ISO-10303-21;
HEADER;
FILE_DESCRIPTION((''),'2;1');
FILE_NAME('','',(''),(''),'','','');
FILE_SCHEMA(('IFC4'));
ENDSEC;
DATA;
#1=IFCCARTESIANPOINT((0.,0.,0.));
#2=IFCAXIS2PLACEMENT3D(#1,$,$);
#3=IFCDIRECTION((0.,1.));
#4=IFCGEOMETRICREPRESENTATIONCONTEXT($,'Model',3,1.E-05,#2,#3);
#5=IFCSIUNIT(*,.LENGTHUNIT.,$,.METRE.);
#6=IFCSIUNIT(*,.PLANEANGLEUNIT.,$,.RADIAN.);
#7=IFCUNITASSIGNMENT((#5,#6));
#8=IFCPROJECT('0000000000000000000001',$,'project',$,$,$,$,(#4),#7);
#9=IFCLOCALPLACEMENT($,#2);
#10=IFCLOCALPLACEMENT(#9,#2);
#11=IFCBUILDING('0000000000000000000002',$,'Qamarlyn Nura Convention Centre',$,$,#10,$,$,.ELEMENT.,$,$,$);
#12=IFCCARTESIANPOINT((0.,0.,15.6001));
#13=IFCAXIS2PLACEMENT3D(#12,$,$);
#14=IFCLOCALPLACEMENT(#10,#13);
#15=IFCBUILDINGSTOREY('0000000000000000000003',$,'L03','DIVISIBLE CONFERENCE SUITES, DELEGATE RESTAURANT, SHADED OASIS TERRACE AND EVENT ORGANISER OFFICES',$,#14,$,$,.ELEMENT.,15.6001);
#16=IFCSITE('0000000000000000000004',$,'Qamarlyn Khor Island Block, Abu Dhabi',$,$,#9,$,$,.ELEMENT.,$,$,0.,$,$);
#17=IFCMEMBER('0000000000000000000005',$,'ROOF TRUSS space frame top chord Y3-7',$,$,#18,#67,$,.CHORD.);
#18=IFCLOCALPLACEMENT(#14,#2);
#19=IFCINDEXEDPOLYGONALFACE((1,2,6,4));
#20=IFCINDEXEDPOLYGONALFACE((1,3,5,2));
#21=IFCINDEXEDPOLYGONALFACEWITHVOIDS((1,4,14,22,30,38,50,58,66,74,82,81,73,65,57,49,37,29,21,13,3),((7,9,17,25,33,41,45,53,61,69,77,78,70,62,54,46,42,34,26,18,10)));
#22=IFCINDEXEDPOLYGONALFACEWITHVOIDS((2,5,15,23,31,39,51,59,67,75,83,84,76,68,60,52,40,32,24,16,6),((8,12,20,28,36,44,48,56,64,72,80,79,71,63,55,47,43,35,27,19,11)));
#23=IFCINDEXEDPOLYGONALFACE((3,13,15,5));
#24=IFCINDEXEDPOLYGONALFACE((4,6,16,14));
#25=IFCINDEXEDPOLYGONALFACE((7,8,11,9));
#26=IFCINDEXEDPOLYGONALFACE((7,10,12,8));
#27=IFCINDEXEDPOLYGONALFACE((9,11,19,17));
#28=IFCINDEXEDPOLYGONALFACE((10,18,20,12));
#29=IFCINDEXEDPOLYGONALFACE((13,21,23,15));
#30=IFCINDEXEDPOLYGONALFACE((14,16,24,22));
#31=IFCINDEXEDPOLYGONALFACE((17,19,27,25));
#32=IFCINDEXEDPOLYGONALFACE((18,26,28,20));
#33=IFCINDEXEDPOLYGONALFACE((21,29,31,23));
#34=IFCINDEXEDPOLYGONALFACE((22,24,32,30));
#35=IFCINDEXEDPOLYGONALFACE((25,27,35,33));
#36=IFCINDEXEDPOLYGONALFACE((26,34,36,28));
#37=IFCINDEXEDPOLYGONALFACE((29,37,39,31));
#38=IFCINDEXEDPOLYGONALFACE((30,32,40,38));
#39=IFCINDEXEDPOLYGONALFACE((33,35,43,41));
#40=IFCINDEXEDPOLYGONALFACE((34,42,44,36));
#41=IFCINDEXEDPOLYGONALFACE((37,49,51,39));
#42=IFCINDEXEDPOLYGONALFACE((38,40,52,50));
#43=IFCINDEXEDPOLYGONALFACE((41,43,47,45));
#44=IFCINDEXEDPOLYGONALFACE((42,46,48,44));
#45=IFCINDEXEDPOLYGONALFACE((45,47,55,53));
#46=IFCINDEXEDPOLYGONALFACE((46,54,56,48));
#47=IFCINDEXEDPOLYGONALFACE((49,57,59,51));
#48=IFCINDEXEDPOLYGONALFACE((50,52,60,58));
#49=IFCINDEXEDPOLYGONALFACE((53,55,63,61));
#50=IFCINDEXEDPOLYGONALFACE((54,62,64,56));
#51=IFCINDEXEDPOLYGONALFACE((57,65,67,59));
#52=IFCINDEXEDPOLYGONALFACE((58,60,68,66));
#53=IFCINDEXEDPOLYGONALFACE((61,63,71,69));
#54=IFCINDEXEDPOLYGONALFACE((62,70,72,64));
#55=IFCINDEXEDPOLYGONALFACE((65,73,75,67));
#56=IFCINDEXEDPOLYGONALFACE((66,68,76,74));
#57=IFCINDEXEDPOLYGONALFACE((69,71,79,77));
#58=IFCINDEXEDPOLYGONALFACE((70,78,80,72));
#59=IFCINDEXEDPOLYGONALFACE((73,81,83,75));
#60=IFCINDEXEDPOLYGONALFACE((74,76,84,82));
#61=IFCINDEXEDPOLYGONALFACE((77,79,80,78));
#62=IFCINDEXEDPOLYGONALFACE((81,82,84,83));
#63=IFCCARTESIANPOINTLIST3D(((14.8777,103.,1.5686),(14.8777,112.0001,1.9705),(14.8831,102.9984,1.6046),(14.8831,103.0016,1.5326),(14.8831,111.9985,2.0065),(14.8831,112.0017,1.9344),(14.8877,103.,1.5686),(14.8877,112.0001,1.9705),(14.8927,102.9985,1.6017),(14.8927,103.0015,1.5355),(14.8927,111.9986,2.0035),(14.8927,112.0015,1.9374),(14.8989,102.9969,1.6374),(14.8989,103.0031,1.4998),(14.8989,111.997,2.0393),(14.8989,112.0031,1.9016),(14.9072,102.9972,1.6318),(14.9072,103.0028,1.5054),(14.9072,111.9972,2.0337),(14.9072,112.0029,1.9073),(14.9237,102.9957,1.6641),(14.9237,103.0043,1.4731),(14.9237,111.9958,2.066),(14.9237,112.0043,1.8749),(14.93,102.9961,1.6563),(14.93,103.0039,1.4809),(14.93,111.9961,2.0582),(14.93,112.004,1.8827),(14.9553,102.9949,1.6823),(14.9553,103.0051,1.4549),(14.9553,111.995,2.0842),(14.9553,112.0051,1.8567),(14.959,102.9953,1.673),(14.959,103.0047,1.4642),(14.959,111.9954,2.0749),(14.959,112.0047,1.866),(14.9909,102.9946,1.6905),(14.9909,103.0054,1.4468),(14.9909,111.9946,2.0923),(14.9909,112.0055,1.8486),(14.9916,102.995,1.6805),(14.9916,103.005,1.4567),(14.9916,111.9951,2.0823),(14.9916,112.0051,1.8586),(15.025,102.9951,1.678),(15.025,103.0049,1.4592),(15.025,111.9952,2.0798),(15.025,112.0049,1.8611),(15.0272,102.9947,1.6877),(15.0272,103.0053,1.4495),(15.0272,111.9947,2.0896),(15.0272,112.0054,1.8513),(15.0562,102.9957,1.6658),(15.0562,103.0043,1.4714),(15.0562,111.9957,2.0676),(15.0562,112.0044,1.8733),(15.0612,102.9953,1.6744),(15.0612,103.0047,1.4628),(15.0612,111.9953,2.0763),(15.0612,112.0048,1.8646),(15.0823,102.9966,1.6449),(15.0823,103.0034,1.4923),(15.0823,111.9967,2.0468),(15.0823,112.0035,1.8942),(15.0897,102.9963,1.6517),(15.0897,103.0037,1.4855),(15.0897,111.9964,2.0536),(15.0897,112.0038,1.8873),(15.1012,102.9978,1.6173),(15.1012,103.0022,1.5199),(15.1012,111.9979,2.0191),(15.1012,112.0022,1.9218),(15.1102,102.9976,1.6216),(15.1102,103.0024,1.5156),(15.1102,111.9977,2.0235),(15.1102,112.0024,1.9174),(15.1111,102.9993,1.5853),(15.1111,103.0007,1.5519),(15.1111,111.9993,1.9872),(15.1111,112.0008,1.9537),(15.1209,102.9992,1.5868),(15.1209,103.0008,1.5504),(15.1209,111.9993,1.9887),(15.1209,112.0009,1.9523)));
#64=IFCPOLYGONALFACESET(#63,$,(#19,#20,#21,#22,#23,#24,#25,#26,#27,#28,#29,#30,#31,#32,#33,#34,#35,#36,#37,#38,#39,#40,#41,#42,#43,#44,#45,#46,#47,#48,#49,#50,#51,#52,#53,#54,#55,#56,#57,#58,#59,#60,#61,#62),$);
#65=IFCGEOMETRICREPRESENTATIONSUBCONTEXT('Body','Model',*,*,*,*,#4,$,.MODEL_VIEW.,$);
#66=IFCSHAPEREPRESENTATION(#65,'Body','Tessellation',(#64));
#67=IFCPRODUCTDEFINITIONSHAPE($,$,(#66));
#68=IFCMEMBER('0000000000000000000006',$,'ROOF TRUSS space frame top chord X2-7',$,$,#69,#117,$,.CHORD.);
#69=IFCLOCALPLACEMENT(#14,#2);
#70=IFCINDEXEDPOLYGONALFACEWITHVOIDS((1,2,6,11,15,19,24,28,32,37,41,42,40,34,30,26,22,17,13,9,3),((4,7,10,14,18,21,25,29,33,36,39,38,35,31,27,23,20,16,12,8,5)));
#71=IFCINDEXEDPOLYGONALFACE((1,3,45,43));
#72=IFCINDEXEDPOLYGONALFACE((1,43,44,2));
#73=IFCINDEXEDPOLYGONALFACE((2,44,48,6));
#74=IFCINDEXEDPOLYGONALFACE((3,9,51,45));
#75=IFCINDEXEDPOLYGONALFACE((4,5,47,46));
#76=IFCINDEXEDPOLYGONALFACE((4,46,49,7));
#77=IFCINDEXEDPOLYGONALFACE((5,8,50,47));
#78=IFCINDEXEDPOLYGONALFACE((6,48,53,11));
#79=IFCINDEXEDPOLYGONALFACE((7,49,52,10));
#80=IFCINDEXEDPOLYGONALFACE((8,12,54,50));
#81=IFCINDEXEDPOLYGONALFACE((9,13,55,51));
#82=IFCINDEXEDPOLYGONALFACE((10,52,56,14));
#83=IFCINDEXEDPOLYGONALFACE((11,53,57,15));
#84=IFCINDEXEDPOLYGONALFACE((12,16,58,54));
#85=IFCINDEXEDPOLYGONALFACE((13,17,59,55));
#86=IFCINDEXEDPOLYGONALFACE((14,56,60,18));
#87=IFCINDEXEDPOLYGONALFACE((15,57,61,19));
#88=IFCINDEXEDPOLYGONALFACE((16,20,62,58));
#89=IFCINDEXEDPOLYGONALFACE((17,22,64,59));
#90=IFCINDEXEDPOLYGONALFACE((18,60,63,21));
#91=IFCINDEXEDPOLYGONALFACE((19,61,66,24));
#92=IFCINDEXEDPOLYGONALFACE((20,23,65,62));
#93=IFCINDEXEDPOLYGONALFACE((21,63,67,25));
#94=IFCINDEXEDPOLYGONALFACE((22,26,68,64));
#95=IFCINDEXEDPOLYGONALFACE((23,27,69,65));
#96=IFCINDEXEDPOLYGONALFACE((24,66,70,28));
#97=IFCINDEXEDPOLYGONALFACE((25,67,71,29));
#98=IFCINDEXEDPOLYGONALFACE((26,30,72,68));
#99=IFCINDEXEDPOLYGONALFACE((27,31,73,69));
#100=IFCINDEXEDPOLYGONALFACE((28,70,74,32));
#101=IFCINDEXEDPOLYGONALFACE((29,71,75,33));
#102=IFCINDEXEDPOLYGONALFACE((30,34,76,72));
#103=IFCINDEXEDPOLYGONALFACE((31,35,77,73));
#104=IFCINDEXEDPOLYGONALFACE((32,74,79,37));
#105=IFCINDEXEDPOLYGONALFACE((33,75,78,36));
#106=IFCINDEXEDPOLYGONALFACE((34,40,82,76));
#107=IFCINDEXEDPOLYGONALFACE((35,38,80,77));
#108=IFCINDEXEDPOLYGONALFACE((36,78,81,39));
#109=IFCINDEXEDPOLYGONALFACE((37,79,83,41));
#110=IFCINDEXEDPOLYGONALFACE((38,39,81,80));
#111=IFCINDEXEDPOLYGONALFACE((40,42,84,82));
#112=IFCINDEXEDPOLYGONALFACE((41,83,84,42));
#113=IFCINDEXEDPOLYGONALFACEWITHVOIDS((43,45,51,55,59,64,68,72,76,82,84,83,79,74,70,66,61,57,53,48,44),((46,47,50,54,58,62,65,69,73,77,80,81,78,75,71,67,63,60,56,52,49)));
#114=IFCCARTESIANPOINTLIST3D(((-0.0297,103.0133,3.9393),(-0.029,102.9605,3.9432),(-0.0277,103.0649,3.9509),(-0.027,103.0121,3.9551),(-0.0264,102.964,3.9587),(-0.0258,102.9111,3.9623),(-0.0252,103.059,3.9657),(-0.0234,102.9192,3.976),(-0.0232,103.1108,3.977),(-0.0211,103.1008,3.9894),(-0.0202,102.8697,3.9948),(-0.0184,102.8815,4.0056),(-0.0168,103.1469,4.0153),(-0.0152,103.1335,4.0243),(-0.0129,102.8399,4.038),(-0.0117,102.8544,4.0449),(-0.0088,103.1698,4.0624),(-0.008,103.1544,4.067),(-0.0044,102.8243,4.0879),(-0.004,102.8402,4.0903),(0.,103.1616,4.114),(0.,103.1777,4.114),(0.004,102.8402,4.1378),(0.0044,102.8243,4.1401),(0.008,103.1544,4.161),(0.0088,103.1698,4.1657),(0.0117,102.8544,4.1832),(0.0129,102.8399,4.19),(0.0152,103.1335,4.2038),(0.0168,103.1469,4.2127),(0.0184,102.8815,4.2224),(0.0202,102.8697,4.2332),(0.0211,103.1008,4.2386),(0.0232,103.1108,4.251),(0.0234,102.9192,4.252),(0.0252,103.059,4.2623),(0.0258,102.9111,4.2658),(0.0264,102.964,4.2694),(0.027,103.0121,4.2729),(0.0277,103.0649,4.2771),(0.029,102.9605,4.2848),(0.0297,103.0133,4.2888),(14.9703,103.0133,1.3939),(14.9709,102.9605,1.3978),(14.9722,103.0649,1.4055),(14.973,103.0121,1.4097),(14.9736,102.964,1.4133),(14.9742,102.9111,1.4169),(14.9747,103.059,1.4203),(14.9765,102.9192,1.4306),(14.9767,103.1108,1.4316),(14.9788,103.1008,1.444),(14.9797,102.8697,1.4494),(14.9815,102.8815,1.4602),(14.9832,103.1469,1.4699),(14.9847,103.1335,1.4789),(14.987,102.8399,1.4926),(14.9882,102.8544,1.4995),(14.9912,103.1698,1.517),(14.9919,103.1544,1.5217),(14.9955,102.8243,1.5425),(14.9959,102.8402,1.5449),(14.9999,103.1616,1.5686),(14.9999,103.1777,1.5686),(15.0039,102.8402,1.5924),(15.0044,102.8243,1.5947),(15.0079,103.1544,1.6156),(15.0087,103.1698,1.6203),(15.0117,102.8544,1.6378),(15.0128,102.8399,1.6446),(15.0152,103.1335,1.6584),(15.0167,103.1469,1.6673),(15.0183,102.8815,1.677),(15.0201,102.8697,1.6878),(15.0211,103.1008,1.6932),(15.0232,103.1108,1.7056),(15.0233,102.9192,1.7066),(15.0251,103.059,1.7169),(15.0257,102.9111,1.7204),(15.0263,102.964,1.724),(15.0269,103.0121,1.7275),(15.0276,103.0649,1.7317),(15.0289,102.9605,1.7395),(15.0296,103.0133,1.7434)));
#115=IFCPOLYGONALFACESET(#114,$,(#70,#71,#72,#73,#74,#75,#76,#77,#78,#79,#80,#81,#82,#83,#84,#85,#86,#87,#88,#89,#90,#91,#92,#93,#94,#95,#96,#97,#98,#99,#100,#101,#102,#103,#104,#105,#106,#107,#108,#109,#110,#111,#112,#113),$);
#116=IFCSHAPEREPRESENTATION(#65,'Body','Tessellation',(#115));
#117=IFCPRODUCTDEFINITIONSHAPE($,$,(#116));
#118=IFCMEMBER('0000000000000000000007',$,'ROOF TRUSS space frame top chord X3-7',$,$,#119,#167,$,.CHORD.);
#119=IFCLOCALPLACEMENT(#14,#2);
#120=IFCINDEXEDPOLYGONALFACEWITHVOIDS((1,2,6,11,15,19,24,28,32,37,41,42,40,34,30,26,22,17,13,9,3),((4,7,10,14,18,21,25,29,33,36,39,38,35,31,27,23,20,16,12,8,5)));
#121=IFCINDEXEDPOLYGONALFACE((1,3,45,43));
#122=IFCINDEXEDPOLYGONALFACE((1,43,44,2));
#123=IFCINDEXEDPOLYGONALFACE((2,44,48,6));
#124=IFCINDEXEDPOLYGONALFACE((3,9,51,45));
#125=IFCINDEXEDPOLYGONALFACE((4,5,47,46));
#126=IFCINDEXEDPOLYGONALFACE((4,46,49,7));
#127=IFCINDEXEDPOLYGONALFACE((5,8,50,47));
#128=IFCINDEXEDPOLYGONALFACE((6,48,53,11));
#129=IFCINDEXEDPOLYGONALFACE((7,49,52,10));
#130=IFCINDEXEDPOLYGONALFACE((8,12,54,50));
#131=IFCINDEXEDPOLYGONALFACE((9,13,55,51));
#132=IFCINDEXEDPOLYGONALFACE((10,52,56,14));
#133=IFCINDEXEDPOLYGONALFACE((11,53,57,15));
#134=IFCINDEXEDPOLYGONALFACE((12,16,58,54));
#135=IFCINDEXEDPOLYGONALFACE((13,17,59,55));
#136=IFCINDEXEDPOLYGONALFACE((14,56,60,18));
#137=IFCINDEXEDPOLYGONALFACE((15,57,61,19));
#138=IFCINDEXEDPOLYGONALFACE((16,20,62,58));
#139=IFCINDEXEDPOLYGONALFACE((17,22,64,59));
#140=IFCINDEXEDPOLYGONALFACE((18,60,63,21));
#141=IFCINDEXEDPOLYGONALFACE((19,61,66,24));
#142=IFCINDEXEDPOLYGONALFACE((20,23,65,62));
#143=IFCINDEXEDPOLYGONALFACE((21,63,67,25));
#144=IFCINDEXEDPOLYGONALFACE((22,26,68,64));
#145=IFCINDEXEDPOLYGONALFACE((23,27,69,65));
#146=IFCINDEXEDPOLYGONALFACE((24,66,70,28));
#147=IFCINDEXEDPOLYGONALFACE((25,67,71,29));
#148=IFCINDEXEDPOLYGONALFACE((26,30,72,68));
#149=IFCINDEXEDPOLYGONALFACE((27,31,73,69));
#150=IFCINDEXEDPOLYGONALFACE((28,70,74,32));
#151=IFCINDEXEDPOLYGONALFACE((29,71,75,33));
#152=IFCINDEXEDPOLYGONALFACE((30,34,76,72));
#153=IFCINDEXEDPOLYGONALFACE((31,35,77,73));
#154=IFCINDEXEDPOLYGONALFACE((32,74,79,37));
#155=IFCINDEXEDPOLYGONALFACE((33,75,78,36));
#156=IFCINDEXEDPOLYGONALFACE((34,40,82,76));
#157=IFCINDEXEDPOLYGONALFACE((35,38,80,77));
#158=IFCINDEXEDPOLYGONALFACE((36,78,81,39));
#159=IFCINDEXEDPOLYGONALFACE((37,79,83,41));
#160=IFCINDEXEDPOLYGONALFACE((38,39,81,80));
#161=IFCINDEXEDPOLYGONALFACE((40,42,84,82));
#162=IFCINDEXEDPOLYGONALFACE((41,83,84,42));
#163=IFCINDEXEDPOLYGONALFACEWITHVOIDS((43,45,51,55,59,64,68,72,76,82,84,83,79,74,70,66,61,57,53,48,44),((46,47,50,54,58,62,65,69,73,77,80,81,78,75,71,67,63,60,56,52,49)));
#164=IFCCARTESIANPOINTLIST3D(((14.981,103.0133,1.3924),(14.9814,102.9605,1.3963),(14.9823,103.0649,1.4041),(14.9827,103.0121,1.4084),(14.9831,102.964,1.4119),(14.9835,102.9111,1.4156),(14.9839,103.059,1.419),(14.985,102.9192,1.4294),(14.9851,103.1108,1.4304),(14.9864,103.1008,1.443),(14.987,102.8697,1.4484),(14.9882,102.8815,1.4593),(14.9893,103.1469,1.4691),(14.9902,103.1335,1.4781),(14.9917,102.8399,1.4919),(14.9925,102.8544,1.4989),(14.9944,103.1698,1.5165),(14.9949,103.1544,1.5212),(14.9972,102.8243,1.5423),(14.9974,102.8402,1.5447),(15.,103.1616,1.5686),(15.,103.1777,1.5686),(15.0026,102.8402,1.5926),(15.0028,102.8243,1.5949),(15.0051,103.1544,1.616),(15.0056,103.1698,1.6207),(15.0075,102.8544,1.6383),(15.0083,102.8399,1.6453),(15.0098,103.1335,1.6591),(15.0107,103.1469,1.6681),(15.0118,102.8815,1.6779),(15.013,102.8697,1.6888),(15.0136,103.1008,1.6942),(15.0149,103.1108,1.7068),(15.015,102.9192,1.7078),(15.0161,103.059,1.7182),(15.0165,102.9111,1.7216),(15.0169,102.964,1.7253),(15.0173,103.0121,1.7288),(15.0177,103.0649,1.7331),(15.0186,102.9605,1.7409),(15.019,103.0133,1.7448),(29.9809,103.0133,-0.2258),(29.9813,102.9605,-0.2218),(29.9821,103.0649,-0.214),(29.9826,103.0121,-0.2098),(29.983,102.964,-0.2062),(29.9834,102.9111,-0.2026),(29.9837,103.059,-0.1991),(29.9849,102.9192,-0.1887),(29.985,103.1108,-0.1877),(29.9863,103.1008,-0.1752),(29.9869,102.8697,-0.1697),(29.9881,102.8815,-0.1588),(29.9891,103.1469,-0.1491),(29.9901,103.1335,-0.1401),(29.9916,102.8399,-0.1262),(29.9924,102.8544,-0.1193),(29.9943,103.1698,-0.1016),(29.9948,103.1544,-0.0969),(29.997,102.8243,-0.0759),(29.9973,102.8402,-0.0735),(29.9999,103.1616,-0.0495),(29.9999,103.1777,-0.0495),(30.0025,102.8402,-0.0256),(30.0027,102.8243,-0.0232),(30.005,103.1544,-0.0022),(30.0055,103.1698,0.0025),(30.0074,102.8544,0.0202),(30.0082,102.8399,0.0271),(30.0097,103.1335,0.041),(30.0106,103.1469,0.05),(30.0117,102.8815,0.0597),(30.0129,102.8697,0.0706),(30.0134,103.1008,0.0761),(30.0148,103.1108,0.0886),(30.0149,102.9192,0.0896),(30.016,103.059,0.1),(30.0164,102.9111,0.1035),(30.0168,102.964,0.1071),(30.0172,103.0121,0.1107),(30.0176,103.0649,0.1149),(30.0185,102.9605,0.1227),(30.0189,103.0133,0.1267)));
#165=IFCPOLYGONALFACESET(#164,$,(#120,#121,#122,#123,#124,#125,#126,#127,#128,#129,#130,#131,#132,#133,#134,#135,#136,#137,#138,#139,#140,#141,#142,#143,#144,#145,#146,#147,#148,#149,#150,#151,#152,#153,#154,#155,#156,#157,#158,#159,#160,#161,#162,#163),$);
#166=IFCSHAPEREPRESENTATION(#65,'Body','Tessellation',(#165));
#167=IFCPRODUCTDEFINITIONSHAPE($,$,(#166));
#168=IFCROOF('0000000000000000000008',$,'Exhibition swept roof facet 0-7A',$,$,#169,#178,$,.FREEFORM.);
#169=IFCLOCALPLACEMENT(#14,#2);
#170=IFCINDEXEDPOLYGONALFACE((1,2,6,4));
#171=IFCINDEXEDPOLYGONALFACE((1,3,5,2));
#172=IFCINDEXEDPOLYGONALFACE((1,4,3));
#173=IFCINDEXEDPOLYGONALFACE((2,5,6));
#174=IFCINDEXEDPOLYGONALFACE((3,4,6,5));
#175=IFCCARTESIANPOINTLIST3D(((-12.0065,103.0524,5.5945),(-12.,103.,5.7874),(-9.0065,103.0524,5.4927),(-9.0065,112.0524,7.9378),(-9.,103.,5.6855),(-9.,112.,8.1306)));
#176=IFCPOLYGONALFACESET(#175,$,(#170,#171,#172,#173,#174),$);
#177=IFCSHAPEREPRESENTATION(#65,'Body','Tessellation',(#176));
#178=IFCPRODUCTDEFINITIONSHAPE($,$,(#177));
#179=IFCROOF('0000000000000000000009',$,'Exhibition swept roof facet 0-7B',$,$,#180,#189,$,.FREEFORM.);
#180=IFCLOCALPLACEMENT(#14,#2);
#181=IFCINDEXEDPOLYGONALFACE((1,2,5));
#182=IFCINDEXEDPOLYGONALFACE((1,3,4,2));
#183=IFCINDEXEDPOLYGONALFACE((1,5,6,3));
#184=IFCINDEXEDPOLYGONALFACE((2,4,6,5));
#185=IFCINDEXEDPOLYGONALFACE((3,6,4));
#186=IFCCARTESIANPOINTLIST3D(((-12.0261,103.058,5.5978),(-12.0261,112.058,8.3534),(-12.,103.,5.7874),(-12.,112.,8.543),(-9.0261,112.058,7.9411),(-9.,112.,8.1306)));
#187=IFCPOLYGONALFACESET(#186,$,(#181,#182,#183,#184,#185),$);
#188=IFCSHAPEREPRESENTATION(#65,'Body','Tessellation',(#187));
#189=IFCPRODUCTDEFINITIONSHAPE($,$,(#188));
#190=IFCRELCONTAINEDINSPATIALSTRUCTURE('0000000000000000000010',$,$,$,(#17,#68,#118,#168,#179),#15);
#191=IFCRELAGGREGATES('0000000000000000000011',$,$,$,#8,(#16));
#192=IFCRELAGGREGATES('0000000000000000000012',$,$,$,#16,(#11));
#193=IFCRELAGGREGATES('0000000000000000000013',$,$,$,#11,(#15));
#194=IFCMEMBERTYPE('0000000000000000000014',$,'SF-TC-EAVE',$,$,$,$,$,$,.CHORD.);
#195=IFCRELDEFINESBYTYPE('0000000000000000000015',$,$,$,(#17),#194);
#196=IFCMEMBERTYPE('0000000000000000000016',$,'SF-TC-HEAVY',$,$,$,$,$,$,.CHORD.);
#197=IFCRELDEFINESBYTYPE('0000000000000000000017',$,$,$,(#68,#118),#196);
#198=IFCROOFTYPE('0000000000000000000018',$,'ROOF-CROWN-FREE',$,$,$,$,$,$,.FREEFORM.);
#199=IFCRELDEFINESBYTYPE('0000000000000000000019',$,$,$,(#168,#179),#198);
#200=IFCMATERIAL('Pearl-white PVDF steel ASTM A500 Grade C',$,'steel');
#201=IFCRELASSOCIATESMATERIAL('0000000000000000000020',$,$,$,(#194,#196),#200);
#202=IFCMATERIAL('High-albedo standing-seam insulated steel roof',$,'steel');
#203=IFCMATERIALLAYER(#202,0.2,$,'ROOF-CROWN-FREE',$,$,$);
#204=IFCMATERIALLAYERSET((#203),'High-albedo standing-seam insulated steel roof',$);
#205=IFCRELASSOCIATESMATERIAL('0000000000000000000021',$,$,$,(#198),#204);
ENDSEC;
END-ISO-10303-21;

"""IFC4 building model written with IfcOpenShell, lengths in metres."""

from ifc_helpers import new_model, si_unit, direction, frame, origin, origin_2d, place, context, subcontext, project, spatial, polyline, hollow_circle, outline, extrude, material, layer, layer_set, material_profile, profile_set, type_object, element, save


model = new_model("IFC4")

# Units and contexts
model_context = context("Model", 3, precision=1e-05, world=origin(), true_north=direction((0.0, 1.0)))
body_context = subcontext(model_context, "Body", "Model", "MODEL_VIEW")
ifc_project = project(units=[si_unit("LENGTHUNIT", "METRE"), si_unit("PLANEANGLEUNIT", "RADIAN")], contexts=[model_context])

# Site, building, storey
site_placement = place(None, origin())
site = spatial("IfcSite", under=ifc_project, at=site_placement, Name="Qamarlyn Khor Island Block, Abu Dhabi", CompositionType="ELEMENT", RefElevation=0.0)
building_placement = place(site_placement, origin())
building = spatial("IfcBuilding", under=site, at=building_placement, Name="Qamarlyn Nura Convention Centre", CompositionType="ELEMENT")
storey_placement = place(building_placement, frame((0.0, 0.0, 15.6001)))
storey = spatial("IfcBuildingStorey", under=building, at=storey_placement, Name="L03", Description="DIVISIBLE CONFERENCE SUITES, DELEGATE RESTAURANT, SHADED OASIS TERRACE AND EVENT ORGANISER OFFICES", CompositionType="ELEMENT", Elevation=15.6001)

# Members
ifc_material_1 = material(Name="Pearl-white PVDF steel ASTM A500 Grade C", Category="steel")
ifc_material_profile_1 = material_profile(ifc_material_1, hollow_circle(Radius=0.1223, WallThickness=0.01, at=origin_2d()), Name="CHS244.5X10")
ifc_profile_set_1 = profile_set([ifc_material_profile_1], Name="Pearl-white PVDF steel ASTM A500 Grade C")
member_type_1 = type_object("IfcMemberType", Name="SF-TC-EAVE", PredefinedType="CHORD", material=ifc_profile_set_1)
member_1_placement = place(storey_placement, frame((15.0, 103.0, 1.5686), z_axis=(0.0, 0.999005, 0.044606), x_axis=(-1.0, 0.0, 0.0)))
element("IfcMember", 1, at=member_1_placement, inside=storey, type_object=member_type_1, Name="ROOF TRUSS space frame top chord Y3-7", PredefinedType="CHORD", context=body_context, shape_type="SweptSolid", body=[
    extrude(hollow_circle(Radius=0.1223, WallThickness=0.01, at=origin_2d()), origin(), (0.0, 0.0, 1.0), 9.009),
])
ifc_material_profile_2 = material_profile(ifc_material_1, hollow_circle(Radius=0.1777, WallThickness=0.0161, at=origin_2d()), Name="CHS355.6X16")
ifc_profile_set_2 = profile_set([ifc_material_profile_2], Name="Pearl-white PVDF steel ASTM A500 Grade C")
member_type_2 = type_object("IfcMemberType", Name="SF-TC-HEAVY", PredefinedType="CHORD", material=ifc_profile_set_2)
member_2_placement = place(storey_placement, frame((0.0, 103.0, 4.114), z_axis=(0.985906, 0.0, -0.167302), x_axis=(0.0, 1.0, 0.0)))
element("IfcMember", 2, at=member_2_placement, inside=storey, type_object=member_type_2, Name="ROOF TRUSS space frame top chord X2-7", PredefinedType="CHORD", context=body_context, shape_type="SweptSolid", body=[
    extrude(hollow_circle(Radius=0.1777, WallThickness=0.0161, at=origin_2d()), origin(), (0.0, 0.0, 1.0), 15.2144),
])
member_3_placement = place(storey_placement, frame((15.0, 103.0, 1.5686), z_axis=(0.994232, 0.0, -0.107255), x_axis=(0.0, 1.0, 0.0)))
element("IfcMember", 3, at=member_3_placement, inside=storey, type_object=member_type_2, Name="ROOF TRUSS space frame top chord X3-7", PredefinedType="CHORD", context=body_context, shape_type="SweptSolid", body=[
    extrude(hollow_circle(Radius=0.1777, WallThickness=0.0161, at=origin_2d()), origin(), (0.0, 0.0, 1.0), 15.0869),
])

# Roofs
ifc_material_2 = material(Name="High-albedo standing-seam insulated steel roof", Category="steel")
ifc_layer = layer(ifc_material_2, 0.2, Name="ROOF-CROWN-FREE")
ifc_layer_set = layer_set([ifc_layer], Name="High-albedo standing-seam insulated steel roof")
roof_type = type_object("IfcRoofType", Name="ROOF-CROWN-FREE", PredefinedType="FREEFORM", material=ifc_layer_set)
roof_1_placement = place(storey_placement, frame((-12.0, 103.0, 5.7874), z_axis=(0.032731, -0.262031, 0.964504), x_axis=(0.999425, 0.0, -0.033916)))
element("IfcRoof", 4, at=roof_1_placement, inside=storey, type_object=roof_type, Name="Exhibition swept roof facet 0-7A", PredefinedType="FREEFORM", context=body_context, shape_type="SweptSolid", body=[
    extrude(outline(polyline([(0.0, 0.0), (3.0017, 0.0), (2.9188, 9.3259), (0.0, 0.0)])), origin(), (0.0, 0.0, -1.0), 0.2),
])
roof_2_placement = place(storey_placement, frame((-12.0, 103.0, 5.7874), z_axis=(0.130308, -0.290268, 0.948032), x_axis=(0.307001, 0.921004, 0.239795)))
element("IfcRoof", 5, at=roof_2_placement, inside=storey, type_object=roof_type, Name="Exhibition swept roof facet 0-7B", PredefinedType="FREEFORM", context=body_context, shape_type="SweptSolid", body=[
    extrude(outline(polyline([(0.0, 0.0), (9.7719, 0.0), (8.9498, 2.9145), (0.0, 0.0)])), origin(), (0.0, 0.0, -1.0), 0.2),
])

save(model, "model.ifc")
